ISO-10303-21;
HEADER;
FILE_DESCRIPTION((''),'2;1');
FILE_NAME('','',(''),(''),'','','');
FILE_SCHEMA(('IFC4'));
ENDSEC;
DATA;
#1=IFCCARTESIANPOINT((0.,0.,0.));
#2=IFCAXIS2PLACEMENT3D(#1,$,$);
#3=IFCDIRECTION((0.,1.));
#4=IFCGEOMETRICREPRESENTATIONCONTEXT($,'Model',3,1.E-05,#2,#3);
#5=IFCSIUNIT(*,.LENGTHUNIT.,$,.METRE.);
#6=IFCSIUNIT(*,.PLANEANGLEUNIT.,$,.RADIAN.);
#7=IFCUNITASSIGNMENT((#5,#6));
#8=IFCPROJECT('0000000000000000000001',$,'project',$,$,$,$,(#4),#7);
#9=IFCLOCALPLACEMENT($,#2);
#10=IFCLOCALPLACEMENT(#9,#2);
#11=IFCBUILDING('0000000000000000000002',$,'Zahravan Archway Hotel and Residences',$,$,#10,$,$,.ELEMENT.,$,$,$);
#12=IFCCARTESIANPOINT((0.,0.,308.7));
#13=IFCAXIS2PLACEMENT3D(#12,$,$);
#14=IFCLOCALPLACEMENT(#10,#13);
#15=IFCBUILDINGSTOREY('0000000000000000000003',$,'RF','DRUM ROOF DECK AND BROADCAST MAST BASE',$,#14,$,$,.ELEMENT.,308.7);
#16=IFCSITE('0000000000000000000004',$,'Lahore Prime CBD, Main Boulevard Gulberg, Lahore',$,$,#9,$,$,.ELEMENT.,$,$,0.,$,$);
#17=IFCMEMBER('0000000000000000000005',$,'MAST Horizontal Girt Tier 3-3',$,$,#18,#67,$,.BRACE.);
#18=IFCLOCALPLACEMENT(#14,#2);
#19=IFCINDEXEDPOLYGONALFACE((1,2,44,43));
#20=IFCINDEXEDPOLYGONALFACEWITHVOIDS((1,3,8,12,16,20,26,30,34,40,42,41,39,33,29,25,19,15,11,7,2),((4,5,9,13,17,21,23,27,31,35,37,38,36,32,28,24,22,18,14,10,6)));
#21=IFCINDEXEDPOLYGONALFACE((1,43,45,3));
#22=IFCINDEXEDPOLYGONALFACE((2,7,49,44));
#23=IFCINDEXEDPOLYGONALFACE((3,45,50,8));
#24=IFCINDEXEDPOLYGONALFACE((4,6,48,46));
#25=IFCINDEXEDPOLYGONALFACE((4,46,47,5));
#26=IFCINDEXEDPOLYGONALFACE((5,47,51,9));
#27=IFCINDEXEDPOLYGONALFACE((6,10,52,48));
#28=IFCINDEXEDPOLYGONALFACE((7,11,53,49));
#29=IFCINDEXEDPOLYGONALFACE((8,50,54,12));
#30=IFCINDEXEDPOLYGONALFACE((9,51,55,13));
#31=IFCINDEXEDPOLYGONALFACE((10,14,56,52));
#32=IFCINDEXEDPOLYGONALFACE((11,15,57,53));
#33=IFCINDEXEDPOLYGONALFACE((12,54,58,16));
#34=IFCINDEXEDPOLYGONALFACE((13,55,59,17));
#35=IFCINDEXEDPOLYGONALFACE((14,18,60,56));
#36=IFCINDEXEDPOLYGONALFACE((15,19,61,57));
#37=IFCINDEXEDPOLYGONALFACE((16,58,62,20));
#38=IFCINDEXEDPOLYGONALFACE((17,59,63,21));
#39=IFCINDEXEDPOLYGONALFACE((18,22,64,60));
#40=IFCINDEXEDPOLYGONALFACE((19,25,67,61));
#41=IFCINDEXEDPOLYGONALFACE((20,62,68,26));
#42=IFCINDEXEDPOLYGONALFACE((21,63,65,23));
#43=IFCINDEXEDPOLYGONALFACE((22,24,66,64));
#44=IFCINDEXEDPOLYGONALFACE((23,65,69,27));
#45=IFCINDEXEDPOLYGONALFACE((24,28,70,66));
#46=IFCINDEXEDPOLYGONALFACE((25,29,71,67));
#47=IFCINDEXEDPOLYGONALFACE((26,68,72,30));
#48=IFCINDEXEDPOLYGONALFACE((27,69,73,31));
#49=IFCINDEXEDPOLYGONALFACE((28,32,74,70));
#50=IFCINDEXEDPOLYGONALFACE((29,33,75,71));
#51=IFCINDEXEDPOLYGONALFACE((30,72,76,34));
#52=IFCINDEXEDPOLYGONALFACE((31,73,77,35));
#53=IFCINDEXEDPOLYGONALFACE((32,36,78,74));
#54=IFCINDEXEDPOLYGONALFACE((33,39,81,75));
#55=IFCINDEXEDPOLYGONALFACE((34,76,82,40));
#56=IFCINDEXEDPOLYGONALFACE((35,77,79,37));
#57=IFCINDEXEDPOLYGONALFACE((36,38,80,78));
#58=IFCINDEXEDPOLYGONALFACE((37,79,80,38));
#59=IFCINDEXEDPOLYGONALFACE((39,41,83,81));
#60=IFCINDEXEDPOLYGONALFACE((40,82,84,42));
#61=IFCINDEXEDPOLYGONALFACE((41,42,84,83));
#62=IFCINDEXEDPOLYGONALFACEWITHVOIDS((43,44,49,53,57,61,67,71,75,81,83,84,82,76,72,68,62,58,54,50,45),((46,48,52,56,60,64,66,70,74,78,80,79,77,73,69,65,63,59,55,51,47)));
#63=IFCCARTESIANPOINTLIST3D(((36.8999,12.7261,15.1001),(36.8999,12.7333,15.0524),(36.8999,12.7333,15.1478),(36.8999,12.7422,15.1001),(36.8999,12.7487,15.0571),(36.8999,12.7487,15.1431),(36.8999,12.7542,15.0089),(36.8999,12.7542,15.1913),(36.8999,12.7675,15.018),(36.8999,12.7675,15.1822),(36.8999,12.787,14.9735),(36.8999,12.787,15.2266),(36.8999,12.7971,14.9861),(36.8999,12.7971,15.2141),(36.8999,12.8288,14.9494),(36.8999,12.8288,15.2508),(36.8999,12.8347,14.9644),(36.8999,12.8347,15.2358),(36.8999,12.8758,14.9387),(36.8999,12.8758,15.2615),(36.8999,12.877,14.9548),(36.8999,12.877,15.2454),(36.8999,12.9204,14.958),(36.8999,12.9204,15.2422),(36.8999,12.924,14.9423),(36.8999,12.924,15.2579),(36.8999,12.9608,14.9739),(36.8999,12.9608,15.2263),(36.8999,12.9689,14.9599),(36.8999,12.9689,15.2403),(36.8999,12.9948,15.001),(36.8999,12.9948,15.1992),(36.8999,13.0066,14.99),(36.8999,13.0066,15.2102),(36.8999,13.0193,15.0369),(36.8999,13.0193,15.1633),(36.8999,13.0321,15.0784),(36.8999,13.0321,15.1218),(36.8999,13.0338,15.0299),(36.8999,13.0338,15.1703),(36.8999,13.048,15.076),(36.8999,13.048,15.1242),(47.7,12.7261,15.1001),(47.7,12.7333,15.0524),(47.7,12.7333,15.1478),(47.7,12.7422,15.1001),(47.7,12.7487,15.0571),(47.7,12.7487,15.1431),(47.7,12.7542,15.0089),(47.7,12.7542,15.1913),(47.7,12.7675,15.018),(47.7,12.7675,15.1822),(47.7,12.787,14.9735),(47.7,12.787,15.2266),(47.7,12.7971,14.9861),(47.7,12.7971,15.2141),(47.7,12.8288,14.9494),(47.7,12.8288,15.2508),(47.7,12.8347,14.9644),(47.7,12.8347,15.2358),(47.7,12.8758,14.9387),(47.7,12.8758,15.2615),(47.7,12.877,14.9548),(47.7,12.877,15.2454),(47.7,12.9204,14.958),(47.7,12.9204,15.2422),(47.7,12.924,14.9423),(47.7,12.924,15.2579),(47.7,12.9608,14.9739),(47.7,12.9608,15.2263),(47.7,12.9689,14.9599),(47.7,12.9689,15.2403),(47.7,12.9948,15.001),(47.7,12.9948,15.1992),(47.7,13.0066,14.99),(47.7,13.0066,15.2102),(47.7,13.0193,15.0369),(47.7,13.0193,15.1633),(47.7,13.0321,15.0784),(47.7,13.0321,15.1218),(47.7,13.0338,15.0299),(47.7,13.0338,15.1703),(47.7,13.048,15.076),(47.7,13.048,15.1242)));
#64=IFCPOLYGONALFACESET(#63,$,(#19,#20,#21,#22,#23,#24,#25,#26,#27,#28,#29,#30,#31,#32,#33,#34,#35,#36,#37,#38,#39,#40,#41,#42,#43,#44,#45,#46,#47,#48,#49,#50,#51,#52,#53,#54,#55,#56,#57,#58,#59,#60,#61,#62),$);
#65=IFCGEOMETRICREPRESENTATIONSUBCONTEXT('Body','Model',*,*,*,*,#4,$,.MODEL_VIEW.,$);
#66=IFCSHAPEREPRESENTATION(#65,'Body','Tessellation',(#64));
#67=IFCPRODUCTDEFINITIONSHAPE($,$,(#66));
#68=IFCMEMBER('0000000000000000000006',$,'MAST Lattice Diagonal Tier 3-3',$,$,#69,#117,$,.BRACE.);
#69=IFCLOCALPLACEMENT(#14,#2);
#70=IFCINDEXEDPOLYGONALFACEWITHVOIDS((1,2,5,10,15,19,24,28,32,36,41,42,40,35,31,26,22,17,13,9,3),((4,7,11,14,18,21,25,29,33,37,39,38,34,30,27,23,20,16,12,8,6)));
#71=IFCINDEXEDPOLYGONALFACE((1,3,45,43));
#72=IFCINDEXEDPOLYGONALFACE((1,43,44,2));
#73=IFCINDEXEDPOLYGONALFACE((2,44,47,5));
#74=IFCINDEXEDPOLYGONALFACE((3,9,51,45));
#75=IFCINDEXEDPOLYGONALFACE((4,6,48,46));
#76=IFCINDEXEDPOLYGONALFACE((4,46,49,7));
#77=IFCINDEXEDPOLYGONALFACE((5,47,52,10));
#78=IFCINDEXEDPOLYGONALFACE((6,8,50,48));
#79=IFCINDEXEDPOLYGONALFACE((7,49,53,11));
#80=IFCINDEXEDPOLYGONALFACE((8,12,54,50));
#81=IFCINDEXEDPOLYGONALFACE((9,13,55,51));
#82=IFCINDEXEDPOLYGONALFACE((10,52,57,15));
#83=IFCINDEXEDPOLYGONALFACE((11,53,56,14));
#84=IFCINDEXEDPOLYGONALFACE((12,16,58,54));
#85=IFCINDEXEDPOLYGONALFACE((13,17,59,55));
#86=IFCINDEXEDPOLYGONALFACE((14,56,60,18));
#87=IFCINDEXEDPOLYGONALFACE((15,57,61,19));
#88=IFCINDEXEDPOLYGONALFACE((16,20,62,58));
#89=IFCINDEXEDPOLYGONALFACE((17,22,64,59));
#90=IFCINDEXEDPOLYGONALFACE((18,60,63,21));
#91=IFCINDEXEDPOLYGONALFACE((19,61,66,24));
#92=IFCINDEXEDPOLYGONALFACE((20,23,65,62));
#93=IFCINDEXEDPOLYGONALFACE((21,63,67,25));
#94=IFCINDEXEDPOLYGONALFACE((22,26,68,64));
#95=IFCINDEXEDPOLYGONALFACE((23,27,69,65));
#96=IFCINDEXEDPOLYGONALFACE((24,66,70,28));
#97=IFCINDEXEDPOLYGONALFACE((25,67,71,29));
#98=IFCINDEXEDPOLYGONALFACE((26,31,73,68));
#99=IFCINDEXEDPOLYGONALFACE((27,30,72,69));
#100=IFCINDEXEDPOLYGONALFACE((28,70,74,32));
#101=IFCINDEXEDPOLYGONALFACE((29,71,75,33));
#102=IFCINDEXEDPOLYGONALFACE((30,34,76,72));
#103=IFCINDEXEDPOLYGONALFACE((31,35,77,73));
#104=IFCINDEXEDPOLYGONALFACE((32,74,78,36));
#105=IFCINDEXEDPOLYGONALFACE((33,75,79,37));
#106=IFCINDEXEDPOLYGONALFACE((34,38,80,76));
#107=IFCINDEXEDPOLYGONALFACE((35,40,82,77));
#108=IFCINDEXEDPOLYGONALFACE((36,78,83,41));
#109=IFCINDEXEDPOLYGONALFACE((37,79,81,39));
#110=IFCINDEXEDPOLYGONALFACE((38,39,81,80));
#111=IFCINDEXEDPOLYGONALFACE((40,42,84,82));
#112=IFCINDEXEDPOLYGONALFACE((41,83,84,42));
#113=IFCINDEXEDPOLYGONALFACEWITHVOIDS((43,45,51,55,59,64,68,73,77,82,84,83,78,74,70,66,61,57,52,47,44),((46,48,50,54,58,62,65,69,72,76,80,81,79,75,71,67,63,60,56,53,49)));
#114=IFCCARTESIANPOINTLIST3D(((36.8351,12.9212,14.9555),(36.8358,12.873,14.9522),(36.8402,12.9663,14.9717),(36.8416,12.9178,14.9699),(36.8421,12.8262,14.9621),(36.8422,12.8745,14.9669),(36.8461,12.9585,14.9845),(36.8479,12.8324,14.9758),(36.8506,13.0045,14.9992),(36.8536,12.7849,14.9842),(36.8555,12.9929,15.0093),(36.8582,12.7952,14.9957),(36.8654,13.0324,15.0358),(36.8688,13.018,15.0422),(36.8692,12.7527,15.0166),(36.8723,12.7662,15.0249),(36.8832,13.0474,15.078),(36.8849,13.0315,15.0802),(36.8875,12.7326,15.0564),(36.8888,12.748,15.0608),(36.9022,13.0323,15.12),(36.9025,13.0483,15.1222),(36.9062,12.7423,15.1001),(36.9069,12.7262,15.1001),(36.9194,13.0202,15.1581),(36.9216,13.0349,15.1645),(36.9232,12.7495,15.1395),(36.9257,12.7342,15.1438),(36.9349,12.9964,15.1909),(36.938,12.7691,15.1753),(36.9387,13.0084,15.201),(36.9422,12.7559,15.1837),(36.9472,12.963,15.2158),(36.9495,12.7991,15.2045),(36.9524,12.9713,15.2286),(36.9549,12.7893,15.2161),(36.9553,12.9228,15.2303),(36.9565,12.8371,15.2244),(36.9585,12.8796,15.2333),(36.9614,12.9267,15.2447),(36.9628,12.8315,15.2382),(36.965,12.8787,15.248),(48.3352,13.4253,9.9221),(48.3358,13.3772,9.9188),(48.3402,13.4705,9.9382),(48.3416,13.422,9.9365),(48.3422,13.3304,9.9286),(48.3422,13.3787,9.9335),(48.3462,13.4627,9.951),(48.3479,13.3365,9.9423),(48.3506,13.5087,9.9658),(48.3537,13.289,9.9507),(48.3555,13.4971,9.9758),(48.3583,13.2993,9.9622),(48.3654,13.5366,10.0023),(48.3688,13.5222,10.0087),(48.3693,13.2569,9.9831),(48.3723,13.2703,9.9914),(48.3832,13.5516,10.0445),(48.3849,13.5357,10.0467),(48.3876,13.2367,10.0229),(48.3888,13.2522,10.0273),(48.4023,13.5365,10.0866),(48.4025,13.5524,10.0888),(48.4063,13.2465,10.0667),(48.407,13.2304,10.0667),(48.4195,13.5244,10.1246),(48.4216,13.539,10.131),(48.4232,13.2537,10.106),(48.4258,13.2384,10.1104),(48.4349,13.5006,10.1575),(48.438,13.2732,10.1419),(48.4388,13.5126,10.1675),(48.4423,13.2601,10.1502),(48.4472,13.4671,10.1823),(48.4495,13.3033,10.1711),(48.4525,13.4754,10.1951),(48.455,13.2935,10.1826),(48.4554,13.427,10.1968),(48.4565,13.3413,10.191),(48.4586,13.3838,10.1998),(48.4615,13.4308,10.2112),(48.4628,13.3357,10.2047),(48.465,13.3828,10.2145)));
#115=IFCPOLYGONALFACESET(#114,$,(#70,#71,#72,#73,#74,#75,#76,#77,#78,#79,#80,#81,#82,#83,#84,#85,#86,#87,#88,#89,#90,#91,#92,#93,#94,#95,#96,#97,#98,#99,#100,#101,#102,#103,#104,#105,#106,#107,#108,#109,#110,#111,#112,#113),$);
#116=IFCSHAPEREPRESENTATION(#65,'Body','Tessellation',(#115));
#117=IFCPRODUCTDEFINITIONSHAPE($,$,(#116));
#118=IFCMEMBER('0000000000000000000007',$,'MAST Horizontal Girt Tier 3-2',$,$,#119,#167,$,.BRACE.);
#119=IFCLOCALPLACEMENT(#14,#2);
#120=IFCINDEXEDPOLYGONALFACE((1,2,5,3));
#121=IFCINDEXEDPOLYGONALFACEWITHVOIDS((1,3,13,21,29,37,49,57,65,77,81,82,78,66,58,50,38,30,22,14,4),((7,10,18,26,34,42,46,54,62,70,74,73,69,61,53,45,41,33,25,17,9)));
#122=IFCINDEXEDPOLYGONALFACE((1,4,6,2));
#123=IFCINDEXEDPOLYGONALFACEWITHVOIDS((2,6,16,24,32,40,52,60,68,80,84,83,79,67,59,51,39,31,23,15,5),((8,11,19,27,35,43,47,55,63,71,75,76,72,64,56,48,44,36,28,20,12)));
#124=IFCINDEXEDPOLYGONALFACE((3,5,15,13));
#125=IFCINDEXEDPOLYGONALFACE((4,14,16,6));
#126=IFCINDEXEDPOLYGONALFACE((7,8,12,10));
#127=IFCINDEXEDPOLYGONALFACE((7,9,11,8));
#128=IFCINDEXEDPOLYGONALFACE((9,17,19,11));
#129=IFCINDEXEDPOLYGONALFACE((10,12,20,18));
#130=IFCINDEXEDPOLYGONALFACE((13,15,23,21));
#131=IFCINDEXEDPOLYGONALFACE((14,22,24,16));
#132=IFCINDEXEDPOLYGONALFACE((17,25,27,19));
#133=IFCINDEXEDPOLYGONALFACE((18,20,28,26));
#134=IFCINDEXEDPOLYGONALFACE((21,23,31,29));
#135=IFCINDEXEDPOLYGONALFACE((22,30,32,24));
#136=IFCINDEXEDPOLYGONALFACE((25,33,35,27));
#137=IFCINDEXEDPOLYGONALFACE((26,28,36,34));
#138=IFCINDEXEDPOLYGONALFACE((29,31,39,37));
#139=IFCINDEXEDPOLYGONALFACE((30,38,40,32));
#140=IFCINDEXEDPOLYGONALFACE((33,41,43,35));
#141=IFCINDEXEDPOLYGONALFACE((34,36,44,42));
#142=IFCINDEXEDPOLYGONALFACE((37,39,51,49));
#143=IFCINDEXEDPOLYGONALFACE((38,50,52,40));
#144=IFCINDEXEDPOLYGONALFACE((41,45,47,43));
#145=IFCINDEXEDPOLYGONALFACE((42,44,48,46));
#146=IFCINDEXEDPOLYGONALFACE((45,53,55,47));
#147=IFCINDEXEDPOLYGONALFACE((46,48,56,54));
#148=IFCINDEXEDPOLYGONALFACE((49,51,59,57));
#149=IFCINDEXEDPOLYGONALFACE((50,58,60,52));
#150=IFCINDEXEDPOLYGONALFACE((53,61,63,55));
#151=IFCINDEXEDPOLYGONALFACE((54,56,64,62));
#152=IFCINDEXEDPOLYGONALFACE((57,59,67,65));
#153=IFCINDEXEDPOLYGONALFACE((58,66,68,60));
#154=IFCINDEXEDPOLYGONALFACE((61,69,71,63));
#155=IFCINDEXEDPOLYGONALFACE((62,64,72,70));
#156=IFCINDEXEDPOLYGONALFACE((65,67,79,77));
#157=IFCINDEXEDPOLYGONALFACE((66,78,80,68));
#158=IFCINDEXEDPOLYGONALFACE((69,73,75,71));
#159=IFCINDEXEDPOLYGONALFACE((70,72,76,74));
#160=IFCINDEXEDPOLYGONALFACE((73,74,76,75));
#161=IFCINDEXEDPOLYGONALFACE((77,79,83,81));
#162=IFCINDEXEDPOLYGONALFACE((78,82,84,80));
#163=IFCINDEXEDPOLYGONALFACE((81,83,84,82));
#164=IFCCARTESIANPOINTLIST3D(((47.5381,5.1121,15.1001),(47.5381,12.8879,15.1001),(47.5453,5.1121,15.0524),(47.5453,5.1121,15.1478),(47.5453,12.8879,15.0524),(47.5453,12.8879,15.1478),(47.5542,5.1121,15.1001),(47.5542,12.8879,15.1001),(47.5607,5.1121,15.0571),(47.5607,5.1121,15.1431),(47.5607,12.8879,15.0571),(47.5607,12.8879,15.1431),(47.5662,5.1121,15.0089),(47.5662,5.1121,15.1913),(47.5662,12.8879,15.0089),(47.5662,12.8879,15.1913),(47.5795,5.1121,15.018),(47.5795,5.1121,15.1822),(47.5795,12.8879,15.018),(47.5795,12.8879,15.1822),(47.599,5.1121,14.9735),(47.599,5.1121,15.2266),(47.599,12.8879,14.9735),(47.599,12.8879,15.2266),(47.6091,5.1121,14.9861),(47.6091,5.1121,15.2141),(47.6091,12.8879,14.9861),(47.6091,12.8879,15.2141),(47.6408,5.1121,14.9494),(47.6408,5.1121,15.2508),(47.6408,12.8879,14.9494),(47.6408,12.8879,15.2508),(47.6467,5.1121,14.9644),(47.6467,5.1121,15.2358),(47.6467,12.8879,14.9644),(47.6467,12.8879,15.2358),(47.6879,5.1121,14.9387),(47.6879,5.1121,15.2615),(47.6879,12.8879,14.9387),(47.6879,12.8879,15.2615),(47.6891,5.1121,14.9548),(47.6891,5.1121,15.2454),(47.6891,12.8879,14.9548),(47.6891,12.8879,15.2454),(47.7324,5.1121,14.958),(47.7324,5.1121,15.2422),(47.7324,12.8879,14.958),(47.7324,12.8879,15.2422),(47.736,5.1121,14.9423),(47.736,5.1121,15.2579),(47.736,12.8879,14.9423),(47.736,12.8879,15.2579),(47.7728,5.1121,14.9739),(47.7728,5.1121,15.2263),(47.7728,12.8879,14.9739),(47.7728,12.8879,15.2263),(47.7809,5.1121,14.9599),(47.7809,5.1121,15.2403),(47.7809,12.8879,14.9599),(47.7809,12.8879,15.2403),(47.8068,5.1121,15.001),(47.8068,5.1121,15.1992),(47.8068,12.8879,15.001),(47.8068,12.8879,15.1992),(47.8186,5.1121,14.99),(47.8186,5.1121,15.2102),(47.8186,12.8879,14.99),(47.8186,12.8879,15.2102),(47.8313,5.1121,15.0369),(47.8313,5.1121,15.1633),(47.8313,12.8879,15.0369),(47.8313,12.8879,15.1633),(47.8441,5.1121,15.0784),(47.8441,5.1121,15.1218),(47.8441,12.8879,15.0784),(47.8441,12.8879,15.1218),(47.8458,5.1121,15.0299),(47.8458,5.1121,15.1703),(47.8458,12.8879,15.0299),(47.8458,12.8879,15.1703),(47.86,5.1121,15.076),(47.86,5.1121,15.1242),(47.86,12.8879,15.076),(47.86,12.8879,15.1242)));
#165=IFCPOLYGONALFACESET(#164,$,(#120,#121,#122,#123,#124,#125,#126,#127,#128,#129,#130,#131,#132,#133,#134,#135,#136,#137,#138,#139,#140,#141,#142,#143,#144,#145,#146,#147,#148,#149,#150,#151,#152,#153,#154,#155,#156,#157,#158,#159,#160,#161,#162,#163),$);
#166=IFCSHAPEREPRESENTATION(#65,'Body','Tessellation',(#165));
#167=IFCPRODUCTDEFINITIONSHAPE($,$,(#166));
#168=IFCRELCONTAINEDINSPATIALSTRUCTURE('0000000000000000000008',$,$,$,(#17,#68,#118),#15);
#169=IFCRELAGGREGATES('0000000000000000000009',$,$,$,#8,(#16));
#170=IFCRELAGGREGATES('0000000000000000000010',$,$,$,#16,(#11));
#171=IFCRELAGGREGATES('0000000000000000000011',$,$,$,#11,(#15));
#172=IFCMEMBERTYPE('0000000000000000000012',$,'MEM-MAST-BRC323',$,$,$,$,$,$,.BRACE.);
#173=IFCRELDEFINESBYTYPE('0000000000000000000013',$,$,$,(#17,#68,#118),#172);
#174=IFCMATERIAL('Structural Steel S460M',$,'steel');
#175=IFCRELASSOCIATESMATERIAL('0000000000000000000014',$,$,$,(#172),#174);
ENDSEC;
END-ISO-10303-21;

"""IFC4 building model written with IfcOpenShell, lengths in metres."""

from ifc_helpers import new_model, si_unit, direction, frame, origin, origin_2d, place, context, subcontext, project, spatial, hollow_circle, extrude, source, transform, mapped, material, material_profile, profile_set, type_object, element, save


model = new_model("IFC4")

# Units and contexts
model_context = context("Model", 3, precision=1e-05, world=origin(), true_north=direction((0.0, 1.0)))
body_context = subcontext(model_context, "Body", "Model", "MODEL_VIEW")
ifc_project = project(units=[si_unit("LENGTHUNIT", "METRE"), si_unit("PLANEANGLEUNIT", "RADIAN")], contexts=[model_context])

# Site, building, storey
site_placement = place(None, origin())
site = spatial("IfcSite", under=ifc_project, at=site_placement, Name="Lahore Prime CBD, Main Boulevard Gulberg, Lahore", CompositionType="ELEMENT", RefElevation=0.0)
building_placement = place(site_placement, origin())
building = spatial("IfcBuilding", under=site, at=building_placement, Name="Zahravan Archway Hotel and Residences", CompositionType="ELEMENT")
storey_placement = place(building_placement, frame((0.0, 0.0, 308.7)))
storey = spatial("IfcBuildingStorey", under=building, at=storey_placement, Name="RF", Description="DRUM ROOF DECK AND BROADCAST MAST BASE", CompositionType="ELEMENT", Elevation=308.7)

# Members
ifc_material_1 = material(Name="Structural Steel S460M", Category="steel")
ifc_material_profile_1 = material_profile(ifc_material_1, hollow_circle(Radius=0.1619, WallThickness=0.0161, at=origin_2d()), Name="CHS 323.9x16", Category="steel")
ifc_profile_set_1 = profile_set([ifc_material_profile_1], Name="Structural Steel S460M")
member_type_1 = type_object("IfcMemberType", Name="MEM-MAST-BRC323", PredefinedType="BRACE", material=ifc_profile_set_1)
shared_shape_1 = source(origin(), body_context, "Body", "SweptSolid", [
    extrude(hollow_circle(Radius=0.1619, WallThickness=0.0161, at=origin_2d()), origin(), (0.0, 0.0, 1.0), 10.8),
])
member_1_placement = place(storey_placement, frame((47.7, 12.8879, 15.1001), z_axis=(-1.0, 0.0, 0.0), x_axis=(0.0, -1.0, 0.0)))
element("IfcMember", 1, at=member_1_placement, inside=storey, type_object=member_type_1, Name="MAST Horizontal Girt Tier 3-3", PredefinedType="BRACE", context=body_context, shape_type="MappedRepresentation", body=[
    mapped(shared_shape_1, transform((0.0, 0.0, 0.0), scale=1.0)),
])
shared_shape_2 = source(origin(), body_context, "Body", "SweptSolid", [
    extrude(hollow_circle(Radius=0.1619, WallThickness=0.0161, at=origin_2d()), origin(), (0.0, 0.0, 1.0), 12.5635),
])
member_2_placement = place(storey_placement, frame((48.3999, 13.3921, 10.0667), z_axis=(-0.915355, -0.040128, 0.400643), x_axis=(0.043797, -0.99904, 0.0)))
element("IfcMember", 2, at=member_2_placement, inside=storey, type_object=member_type_1, Name="MAST Lattice Diagonal Tier 3-3", PredefinedType="BRACE", context=body_context, shape_type="MappedRepresentation", body=[
    mapped(shared_shape_2, transform((0.0, 0.0, 0.0), scale=1.0)),
])
shared_shape_3 = source(origin(), body_context, "Body", "SweptSolid", [
    extrude(hollow_circle(Radius=0.1619, WallThickness=0.0161, at=origin_2d()), origin(), (0.0, 0.0, 1.0), 7.7759),
])
member_3_placement = place(storey_placement, frame((47.7, 5.1121, 15.1001), z_axis=(0.0, 1.0, 0.0), x_axis=(-1.0, 0.0, 0.0)))
element("IfcMember", 3, at=member_3_placement, inside=storey, type_object=member_type_1, Name="MAST Horizontal Girt Tier 3-2", PredefinedType="BRACE", context=body_context, shape_type="MappedRepresentation", body=[
    mapped(shared_shape_3, transform((0.0, 0.0, 0.0), scale=1.0)),
])

save(model, "model.ifc")
